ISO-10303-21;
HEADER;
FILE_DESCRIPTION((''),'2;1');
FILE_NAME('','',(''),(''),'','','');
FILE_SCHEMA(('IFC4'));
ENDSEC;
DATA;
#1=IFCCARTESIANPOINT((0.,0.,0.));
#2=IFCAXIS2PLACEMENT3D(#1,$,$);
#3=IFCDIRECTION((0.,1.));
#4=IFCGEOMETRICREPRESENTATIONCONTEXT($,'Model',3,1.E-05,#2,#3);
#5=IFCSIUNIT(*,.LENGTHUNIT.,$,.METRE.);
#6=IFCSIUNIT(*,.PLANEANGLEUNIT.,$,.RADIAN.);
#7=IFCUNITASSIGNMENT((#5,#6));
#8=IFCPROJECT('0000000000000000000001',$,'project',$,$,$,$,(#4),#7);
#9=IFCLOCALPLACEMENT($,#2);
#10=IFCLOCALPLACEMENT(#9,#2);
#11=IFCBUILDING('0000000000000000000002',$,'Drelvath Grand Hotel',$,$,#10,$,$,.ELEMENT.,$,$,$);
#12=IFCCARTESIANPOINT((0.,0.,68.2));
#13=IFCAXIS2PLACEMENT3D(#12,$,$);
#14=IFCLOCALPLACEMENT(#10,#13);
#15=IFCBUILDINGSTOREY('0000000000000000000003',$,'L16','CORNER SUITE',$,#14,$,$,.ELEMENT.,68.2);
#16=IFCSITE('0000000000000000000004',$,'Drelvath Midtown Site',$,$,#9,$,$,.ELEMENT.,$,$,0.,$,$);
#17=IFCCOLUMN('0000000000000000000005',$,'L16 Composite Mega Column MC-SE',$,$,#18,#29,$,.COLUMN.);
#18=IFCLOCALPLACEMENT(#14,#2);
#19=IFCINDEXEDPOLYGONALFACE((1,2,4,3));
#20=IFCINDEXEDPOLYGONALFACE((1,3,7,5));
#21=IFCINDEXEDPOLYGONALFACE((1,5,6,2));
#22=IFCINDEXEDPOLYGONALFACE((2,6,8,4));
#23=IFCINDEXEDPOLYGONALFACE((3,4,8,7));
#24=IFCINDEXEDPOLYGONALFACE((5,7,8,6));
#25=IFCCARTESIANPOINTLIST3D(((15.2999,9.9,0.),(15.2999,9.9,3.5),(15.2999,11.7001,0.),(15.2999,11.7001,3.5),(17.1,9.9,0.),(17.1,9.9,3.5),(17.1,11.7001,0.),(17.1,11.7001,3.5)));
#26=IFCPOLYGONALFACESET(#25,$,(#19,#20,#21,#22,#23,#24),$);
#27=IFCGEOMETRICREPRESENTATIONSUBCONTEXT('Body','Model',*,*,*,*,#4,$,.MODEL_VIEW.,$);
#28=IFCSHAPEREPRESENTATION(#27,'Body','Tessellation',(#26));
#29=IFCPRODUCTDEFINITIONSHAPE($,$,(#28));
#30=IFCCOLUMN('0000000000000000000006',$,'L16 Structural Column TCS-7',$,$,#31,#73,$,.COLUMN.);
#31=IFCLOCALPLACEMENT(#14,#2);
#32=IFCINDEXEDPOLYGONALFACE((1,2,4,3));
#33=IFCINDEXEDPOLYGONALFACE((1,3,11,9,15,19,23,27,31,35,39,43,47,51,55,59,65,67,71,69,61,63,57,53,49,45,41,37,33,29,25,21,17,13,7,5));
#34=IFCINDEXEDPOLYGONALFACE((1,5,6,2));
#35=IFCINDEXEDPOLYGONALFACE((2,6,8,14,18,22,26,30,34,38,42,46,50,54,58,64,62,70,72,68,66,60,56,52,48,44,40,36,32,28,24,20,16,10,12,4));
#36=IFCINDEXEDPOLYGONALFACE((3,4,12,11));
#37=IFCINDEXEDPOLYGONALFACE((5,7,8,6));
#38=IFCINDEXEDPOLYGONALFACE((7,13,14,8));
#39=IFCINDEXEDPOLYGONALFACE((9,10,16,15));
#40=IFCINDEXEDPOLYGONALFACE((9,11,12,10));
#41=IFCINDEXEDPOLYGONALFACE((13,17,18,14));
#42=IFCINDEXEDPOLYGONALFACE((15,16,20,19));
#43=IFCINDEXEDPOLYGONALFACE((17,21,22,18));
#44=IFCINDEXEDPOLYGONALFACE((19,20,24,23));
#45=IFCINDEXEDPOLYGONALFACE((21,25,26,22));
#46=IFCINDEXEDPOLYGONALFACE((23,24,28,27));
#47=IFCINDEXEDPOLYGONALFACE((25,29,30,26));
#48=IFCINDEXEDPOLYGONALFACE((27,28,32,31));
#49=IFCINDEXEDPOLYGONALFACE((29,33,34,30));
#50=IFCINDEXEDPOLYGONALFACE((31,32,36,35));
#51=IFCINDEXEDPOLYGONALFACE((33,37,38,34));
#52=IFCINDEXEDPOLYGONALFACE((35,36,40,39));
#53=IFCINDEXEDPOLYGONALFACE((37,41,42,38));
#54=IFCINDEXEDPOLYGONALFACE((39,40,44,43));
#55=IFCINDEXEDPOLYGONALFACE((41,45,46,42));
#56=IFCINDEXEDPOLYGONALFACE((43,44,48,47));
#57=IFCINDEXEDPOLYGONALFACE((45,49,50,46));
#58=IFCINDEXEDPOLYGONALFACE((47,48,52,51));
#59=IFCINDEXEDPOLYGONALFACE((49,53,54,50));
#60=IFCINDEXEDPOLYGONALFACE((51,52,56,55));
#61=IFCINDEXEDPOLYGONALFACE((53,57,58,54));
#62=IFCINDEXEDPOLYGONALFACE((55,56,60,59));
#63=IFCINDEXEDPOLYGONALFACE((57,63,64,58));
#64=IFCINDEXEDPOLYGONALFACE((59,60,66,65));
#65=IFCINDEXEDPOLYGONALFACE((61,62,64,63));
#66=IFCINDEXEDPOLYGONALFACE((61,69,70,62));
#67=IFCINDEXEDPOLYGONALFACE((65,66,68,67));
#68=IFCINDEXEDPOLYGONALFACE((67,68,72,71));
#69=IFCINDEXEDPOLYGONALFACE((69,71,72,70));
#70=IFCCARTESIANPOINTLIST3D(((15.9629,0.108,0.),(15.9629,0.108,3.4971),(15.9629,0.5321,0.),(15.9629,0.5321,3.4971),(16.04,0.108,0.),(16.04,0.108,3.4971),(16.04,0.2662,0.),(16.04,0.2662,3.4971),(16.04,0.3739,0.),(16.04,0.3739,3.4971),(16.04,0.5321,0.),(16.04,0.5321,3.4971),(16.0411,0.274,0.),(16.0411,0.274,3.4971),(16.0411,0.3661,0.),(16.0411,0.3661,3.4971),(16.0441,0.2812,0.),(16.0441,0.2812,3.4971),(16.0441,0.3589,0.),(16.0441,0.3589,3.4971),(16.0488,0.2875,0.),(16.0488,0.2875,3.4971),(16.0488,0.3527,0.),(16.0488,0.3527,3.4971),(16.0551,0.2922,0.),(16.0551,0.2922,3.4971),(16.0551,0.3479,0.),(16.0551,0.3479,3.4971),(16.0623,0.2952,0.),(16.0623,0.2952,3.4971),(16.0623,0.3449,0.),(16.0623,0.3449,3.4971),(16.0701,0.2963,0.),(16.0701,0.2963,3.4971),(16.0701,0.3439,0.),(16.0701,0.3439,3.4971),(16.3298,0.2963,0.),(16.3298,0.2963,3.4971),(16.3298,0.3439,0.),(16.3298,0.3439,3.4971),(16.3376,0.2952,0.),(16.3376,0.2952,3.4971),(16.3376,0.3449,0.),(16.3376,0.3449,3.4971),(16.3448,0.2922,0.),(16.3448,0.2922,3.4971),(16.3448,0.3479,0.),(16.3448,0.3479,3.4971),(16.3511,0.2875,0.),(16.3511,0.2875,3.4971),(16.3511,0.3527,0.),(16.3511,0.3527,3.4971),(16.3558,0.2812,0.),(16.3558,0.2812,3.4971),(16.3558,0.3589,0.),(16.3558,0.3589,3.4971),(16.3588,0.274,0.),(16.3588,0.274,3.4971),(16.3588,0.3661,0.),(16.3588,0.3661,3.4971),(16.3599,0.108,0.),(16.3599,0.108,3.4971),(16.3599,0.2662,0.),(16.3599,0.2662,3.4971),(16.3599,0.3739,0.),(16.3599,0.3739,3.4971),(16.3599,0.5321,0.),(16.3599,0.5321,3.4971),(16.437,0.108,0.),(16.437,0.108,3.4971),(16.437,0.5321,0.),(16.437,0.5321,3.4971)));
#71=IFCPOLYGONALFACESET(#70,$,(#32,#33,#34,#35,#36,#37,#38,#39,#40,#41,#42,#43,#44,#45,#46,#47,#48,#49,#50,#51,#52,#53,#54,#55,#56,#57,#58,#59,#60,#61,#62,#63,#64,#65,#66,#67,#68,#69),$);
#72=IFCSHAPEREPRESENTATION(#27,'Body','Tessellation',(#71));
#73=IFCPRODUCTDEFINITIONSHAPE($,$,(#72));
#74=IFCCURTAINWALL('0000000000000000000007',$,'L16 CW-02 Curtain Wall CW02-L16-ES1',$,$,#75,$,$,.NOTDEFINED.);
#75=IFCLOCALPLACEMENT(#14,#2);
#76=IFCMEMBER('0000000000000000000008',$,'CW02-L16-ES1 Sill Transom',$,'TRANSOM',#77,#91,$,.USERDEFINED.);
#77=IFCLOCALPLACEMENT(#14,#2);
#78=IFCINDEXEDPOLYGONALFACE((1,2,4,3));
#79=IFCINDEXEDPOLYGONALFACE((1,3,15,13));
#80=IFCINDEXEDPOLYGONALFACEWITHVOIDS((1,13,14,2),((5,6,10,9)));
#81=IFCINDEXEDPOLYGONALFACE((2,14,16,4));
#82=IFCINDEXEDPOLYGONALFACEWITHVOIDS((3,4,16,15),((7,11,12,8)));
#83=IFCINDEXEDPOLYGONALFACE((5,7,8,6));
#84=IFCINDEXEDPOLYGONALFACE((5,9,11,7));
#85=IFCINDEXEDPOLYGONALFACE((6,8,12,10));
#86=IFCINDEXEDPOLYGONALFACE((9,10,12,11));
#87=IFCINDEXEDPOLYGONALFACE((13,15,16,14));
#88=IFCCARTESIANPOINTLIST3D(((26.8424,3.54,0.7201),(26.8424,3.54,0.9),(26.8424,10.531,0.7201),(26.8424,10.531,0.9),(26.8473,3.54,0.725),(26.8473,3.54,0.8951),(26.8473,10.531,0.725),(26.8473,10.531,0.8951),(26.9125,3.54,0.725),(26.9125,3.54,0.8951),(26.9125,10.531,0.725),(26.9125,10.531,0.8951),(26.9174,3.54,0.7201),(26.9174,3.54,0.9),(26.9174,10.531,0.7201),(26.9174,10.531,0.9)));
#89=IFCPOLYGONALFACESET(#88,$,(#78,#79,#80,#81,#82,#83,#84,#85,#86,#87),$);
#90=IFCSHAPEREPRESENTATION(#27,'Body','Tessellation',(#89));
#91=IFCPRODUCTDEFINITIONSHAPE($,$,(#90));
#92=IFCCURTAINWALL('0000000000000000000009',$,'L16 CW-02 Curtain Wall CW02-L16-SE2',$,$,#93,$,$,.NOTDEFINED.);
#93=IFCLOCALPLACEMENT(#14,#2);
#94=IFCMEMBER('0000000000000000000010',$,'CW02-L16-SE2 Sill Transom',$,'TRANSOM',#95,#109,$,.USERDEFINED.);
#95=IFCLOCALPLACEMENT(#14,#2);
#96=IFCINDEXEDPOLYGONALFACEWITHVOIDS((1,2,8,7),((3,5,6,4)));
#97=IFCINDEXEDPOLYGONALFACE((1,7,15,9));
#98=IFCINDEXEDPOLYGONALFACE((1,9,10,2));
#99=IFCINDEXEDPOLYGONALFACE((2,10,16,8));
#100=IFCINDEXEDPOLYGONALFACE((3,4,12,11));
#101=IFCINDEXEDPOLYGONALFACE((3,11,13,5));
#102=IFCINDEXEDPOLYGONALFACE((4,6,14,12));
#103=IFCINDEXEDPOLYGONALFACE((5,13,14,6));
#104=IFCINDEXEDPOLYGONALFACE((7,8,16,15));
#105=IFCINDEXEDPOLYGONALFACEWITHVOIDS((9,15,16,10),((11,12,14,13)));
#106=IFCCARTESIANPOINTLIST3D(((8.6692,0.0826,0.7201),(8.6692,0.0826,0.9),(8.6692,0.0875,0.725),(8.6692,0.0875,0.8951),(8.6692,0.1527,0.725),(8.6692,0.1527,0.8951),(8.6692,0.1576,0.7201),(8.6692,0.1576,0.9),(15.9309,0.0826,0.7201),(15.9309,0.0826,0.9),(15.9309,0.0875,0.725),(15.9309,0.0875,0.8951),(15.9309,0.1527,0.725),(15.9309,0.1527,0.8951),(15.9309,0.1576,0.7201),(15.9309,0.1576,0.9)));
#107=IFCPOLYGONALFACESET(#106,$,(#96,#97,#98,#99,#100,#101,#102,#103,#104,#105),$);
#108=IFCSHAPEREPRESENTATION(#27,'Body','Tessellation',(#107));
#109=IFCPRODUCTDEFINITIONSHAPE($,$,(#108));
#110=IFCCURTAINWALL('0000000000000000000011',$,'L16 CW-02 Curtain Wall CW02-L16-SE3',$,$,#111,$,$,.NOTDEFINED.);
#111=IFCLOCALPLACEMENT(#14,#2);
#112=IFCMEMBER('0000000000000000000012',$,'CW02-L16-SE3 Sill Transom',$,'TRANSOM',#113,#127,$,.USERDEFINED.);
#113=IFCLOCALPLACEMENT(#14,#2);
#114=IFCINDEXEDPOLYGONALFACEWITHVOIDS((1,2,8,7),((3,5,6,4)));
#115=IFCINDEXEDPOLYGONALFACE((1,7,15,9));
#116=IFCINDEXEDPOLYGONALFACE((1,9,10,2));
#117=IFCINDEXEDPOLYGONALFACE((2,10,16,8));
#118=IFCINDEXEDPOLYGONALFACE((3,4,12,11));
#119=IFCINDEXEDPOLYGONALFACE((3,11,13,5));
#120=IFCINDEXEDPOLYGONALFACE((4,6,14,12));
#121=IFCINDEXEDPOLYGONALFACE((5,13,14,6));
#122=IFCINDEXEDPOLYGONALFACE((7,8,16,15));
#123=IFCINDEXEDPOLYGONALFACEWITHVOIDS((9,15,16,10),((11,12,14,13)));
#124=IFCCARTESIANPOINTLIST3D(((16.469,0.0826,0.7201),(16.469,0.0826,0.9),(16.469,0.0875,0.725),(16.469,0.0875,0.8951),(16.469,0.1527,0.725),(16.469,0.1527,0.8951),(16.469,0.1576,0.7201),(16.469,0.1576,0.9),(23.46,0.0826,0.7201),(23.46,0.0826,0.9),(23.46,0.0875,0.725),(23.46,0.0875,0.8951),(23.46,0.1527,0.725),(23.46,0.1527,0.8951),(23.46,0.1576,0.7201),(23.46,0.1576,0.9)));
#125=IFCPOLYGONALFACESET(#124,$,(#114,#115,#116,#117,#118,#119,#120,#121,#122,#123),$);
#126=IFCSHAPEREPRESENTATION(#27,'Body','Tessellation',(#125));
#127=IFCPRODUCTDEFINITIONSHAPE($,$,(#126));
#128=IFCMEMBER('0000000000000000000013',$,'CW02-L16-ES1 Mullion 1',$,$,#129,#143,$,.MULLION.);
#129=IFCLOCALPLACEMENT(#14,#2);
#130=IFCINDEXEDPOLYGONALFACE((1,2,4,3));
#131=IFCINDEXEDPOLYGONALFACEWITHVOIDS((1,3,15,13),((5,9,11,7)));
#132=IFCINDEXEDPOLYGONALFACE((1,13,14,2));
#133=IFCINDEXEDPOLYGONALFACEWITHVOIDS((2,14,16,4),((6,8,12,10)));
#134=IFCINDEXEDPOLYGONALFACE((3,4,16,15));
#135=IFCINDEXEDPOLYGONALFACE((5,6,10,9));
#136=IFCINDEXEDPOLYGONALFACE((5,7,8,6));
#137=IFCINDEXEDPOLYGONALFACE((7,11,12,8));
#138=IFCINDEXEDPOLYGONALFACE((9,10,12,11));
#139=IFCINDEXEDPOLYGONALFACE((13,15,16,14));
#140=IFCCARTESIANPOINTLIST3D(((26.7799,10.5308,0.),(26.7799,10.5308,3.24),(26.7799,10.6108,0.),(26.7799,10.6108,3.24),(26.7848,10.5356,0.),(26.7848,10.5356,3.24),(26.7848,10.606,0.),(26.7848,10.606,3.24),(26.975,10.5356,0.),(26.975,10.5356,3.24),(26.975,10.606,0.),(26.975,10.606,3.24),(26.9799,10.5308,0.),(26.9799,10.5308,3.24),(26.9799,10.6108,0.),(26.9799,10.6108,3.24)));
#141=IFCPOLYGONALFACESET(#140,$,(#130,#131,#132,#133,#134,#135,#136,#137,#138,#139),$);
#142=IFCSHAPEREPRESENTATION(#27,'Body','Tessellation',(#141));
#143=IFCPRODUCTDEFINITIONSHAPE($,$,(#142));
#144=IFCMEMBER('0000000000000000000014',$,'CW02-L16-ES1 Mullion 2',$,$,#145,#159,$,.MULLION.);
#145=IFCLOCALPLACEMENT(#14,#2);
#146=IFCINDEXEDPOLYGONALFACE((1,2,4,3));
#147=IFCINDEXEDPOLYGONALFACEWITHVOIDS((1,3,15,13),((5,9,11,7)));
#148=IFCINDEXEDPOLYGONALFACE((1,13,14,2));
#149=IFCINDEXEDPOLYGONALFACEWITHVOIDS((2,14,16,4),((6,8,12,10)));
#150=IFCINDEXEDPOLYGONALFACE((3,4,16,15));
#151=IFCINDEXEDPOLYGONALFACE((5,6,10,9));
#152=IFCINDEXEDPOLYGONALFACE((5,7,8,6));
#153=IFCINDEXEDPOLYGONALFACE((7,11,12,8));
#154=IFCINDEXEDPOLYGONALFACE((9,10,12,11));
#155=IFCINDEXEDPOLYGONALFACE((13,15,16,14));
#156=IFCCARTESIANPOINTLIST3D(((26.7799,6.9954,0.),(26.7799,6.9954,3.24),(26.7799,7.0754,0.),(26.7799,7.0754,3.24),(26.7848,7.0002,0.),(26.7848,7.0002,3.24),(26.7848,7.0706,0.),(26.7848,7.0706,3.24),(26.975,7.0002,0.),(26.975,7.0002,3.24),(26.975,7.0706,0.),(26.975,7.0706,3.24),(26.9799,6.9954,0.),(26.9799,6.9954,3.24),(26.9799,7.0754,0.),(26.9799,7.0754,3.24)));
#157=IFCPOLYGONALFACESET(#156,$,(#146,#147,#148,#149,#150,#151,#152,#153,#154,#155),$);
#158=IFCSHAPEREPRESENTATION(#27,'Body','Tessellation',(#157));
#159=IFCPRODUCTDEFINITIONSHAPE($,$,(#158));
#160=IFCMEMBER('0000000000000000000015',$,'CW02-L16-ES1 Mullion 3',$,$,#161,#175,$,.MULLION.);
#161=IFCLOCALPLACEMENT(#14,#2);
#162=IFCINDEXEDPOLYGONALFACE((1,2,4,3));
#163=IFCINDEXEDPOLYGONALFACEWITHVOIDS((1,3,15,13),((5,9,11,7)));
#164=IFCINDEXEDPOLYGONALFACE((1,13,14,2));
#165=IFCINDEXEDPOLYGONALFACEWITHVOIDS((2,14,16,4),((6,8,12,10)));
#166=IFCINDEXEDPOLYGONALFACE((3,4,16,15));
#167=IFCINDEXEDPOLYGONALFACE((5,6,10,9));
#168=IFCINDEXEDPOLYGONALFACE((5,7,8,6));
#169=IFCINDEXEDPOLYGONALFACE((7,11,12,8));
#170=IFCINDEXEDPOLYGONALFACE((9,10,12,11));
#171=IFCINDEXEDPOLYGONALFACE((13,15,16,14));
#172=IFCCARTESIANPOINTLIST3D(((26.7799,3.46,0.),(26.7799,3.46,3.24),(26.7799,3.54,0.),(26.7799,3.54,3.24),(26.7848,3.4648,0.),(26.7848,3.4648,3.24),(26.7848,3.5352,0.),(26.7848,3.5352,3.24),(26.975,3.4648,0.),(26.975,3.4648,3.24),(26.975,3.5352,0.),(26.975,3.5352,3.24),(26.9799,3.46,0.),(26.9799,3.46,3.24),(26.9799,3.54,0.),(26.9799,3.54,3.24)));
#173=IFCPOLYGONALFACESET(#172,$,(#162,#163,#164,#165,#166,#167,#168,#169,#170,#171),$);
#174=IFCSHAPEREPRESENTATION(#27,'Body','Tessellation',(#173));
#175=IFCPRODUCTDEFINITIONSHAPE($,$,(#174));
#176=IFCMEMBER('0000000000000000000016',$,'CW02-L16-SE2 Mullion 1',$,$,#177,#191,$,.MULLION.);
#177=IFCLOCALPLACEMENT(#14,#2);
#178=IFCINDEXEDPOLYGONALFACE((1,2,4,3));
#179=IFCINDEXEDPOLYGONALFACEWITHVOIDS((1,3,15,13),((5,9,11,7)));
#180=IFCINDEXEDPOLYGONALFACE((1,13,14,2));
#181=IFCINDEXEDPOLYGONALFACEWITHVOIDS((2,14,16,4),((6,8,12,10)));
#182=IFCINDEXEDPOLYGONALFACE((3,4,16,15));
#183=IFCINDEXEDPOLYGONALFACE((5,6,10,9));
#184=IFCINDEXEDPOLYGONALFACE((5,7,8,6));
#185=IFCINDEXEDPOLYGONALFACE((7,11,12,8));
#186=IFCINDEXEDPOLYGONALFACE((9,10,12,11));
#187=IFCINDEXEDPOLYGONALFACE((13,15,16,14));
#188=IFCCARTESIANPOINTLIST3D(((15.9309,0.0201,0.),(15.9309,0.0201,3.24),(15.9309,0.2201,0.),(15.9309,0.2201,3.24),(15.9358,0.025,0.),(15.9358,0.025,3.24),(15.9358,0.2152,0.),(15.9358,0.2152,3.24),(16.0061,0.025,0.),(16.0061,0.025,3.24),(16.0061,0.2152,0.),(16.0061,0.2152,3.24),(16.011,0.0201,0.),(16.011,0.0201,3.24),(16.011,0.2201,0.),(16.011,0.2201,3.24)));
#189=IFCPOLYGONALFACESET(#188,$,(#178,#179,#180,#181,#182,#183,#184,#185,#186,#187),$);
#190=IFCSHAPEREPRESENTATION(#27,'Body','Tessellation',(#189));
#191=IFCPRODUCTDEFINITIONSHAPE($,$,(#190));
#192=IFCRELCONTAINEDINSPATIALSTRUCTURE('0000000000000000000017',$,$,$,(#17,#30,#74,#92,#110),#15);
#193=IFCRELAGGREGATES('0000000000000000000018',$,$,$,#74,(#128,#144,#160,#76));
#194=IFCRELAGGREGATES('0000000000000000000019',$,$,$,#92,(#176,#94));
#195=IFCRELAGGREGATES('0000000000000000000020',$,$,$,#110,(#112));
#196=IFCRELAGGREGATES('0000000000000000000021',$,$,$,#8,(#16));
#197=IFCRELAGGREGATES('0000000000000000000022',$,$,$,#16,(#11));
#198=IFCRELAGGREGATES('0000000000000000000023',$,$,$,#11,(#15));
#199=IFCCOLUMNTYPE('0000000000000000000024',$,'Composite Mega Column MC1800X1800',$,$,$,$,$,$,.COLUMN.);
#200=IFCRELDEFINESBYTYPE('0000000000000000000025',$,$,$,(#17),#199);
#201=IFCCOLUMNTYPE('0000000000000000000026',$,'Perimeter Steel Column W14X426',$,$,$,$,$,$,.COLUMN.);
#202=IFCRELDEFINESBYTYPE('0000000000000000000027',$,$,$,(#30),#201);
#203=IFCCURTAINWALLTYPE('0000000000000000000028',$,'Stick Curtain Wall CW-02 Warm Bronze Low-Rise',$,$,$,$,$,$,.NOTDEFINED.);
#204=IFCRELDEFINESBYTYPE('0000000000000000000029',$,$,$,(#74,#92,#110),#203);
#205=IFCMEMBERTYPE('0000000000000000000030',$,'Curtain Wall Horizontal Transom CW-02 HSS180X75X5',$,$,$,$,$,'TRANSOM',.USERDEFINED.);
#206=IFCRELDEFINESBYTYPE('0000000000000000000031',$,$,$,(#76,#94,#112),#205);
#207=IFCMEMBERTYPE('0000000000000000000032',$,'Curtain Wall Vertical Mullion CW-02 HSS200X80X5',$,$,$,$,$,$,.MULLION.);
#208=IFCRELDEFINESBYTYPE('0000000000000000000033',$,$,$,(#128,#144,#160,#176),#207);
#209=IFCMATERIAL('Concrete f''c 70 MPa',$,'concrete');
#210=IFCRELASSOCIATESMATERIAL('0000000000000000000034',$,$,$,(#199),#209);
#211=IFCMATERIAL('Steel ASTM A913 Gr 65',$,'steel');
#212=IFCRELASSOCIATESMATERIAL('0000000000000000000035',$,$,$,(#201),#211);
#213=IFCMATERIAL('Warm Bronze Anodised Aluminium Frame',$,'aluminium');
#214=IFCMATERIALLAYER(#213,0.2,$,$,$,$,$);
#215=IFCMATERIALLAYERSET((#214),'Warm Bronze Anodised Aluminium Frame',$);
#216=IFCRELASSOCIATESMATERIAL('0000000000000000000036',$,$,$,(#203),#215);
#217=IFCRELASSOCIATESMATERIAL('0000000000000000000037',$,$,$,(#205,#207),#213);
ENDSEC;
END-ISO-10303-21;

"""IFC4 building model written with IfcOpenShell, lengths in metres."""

from ifc_helpers import new_model, si_unit, direction, frame, origin, origin_2d, place, context, subcontext, project, spatial, rectangle, hollow_rectangle, i_section, extrude, material, layer, layer_set, material_profile, profile_set, type_object, element, aggregate, save


model = new_model("IFC4")

# Units and contexts
model_context = context("Model", 3, precision=1e-05, world=origin(), true_north=direction((0.0, 1.0)))
body_context = subcontext(model_context, "Body", "Model", "MODEL_VIEW")
ifc_project = project(units=[si_unit("LENGTHUNIT", "METRE"), si_unit("PLANEANGLEUNIT", "RADIAN")], contexts=[model_context])

# Site, building, storey
site_placement = place(None, origin())
site = spatial("IfcSite", under=ifc_project, at=site_placement, Name="Drelvath Midtown Site", CompositionType="ELEMENT", RefElevation=0.0)
building_placement = place(site_placement, origin())
building = spatial("IfcBuilding", under=site, at=building_placement, Name="Drelvath Grand Hotel", CompositionType="ELEMENT")
storey_placement = place(building_placement, frame((0.0, 0.0, 68.2)))
storey = spatial("IfcBuildingStorey", under=building, at=storey_placement, Name="L16", Description="CORNER SUITE", CompositionType="ELEMENT", Elevation=68.2)

# Columns
ifc_material_1 = material(Name="Concrete f'c 70 MPa", Category="concrete")
ifc_material_profile_1 = material_profile(ifc_material_1, rectangle(XDim=1.8, YDim=1.8, at=origin_2d()), Name="MC1800X1800")
ifc_profile_set_1 = profile_set([ifc_material_profile_1], Name="Concrete f'c 70 MPa")
column_type_1 = type_object("IfcColumnType", Name="Composite Mega Column MC1800X1800", PredefinedType="COLUMN", material=ifc_profile_set_1)
column_1_placement = place(storey_placement, frame((16.2, 10.8, 0.0), z_axis=(0.0, 0.0, 1.0), x_axis=(1.0, 0.0, 0.0)))
element("IfcColumn", 1, at=column_1_placement, inside=storey, type_object=column_type_1, Name="L16 Composite Mega Column MC-SE", PredefinedType="COLUMN", context=body_context, shape_type="SweptSolid", body=[
    extrude(rectangle(XDim=1.8, YDim=1.8, at=origin_2d()), origin(), (0.0, 0.0, 1.0), 3.5),
])
ifc_material_2 = material(Name="Steel ASTM A913 Gr 65", Category="steel")
ifc_material_profile_2 = material_profile(ifc_material_2, i_section(OverallWidth=0.4241, OverallDepth=0.4741, WebThickness=0.0476, FlangeThickness=0.0771, FilletRadius=0.03, at=origin_2d()), Name="W14X426")
ifc_profile_set_2 = profile_set([ifc_material_profile_2], Name="Steel ASTM A913 Gr 65")
column_type_2 = type_object("IfcColumnType", Name="Perimeter Steel Column W14X426", PredefinedType="COLUMN", material=ifc_profile_set_2)
column_2_placement = place(storey_placement, frame((16.2, 0.3201, 0.0), z_axis=(0.0, 0.0, 1.0), x_axis=(0.0, 1.0, 0.0)))
element("IfcColumn", 2, at=column_2_placement, inside=storey, type_object=column_type_2, Name="L16 Structural Column TCS-7", PredefinedType="COLUMN", context=body_context, shape_type="SweptSolid", body=[
    extrude(i_section(OverallWidth=0.4241, OverallDepth=0.4741, WebThickness=0.0476, FlangeThickness=0.0771, FilletRadius=0.03, at=origin_2d()), origin(), (0.0, 0.0, 1.0), 3.4971),
])

# Curtain walls, members
ifc_material_3 = material(Name="Warm Bronze Anodised Aluminium Frame", Category="aluminium")
ifc_layer_1 = layer(ifc_material_3, 0.2)
ifc_layer_set_1 = layer_set([ifc_layer_1], Name="Warm Bronze Anodised Aluminium Frame")
curtain_wall_type = type_object("IfcCurtainWallType", Name="Stick Curtain Wall CW-02 Warm Bronze Low-Rise", PredefinedType="NOTDEFINED", material=ifc_layer_set_1)
curtain_wall_1_placement = place(storey_placement, origin())
curtain_wall_1 = element("IfcCurtainWall", 3, at=curtain_wall_1_placement, inside=storey, type_object=curtain_wall_type, Name="L16 CW-02 Curtain Wall CW02-L16-ES1", PredefinedType="NOTDEFINED")
ifc_material_profile_3 = material_profile(ifc_material_3, hollow_rectangle(XDim=0.075, YDim=0.1799, WallThickness=0.0049, at=origin_2d()), Name="HSS180X75X5")
ifc_profile_set_3 = profile_set([ifc_material_profile_3], Name="Warm Bronze Anodised Aluminium Frame")
member_type_1 = type_object("IfcMemberType", Name="Curtain Wall Horizontal Transom CW-02 HSS180X75X5", ElementType="TRANSOM", PredefinedType="USERDEFINED", material=ifc_profile_set_3)
member_1_placement = place(storey_placement, frame((26.8799, 10.531, 0.8101), z_axis=(0.0, -1.0, 0.0), x_axis=(1.0, 0.0, 0.0)))
member_1 = element("IfcMember", 4, at=member_1_placement, type_object=member_type_1, Name="CW02-L16-ES1 Sill Transom", ObjectType="TRANSOM", PredefinedType="USERDEFINED", context=body_context, shape_type="SweptSolid", body=[
    extrude(hollow_rectangle(XDim=0.075, YDim=0.1799, WallThickness=0.0049, at=origin_2d()), origin(), (0.0, 0.0, 1.0), 6.991),
])
curtain_wall_2_placement = place(storey_placement, origin())
curtain_wall_2 = element("IfcCurtainWall", 5, at=curtain_wall_2_placement, inside=storey, type_object=curtain_wall_type, Name="L16 CW-02 Curtain Wall CW02-L16-SE2", PredefinedType="NOTDEFINED")
member_2_placement = place(storey_placement, frame((15.9309, 0.1201, 0.8101), z_axis=(-1.0, 0.0, 0.0), x_axis=(0.0, -1.0, 0.0)))
member_2 = element("IfcMember", 6, at=member_2_placement, type_object=member_type_1, Name="CW02-L16-SE2 Sill Transom", ObjectType="TRANSOM", PredefinedType="USERDEFINED", context=body_context, shape_type="SweptSolid", body=[
    extrude(hollow_rectangle(XDim=0.075, YDim=0.1799, WallThickness=0.0049, at=origin_2d()), origin(), (0.0, 0.0, 1.0), 7.2617),
])
curtain_wall_3_placement = place(storey_placement, origin())
curtain_wall_3 = element("IfcCurtainWall", 7, at=curtain_wall_3_placement, inside=storey, type_object=curtain_wall_type, Name="L16 CW-02 Curtain Wall CW02-L16-SE3", PredefinedType="NOTDEFINED")
member_3_placement = place(storey_placement, frame((23.46, 0.1201, 0.8101), z_axis=(-1.0, 0.0, 0.0), x_axis=(0.0, -1.0, 0.0)))
member_3 = element("IfcMember", 8, at=member_3_placement, type_object=member_type_1, Name="CW02-L16-SE3 Sill Transom", ObjectType="TRANSOM", PredefinedType="USERDEFINED", context=body_context, shape_type="SweptSolid", body=[
    extrude(hollow_rectangle(XDim=0.075, YDim=0.1799, WallThickness=0.0049, at=origin_2d()), origin(), (0.0, 0.0, 1.0), 6.991),
])

# Members
ifc_material_profile_4 = material_profile(ifc_material_3, hollow_rectangle(XDim=0.0801, YDim=0.2, WallThickness=0.0049, at=origin_2d()), Name="HSS200X80X5")
ifc_profile_set_4 = profile_set([ifc_material_profile_4], Name="Warm Bronze Anodised Aluminium Frame")
member_type_2 = type_object("IfcMemberType", Name="Curtain Wall Vertical Mullion CW-02 HSS200X80X5", PredefinedType="MULLION", material=ifc_profile_set_4)
member_4_placement = place(storey_placement, frame((26.8799, 10.5708, 0.0), z_axis=(0.0, 0.0, 1.0), x_axis=(0.0, 1.0, 0.0)))
member_4 = element("IfcMember", 9, at=member_4_placement, type_object=member_type_2, Name="CW02-L16-ES1 Mullion 1", PredefinedType="MULLION", context=body_context, shape_type="SweptSolid", body=[
    extrude(hollow_rectangle(XDim=0.0801, YDim=0.2, WallThickness=0.0049, at=origin_2d()), origin(), (0.0, 0.0, 1.0), 3.24),
])
member_5_placement = place(storey_placement, frame((26.8799, 7.0354, 0.0), z_axis=(0.0, 0.0, 1.0), x_axis=(0.0, 1.0, 0.0)))
member_5 = element("IfcMember", 10, at=member_5_placement, type_object=member_type_2, Name="CW02-L16-ES1 Mullion 2", PredefinedType="MULLION", context=body_context, shape_type="SweptSolid", body=[
    extrude(hollow_rectangle(XDim=0.0801, YDim=0.2, WallThickness=0.0049, at=origin_2d()), origin(), (0.0, 0.0, 1.0), 3.24),
])
member_6_placement = place(storey_placement, frame((26.8799, 3.5, 0.0), z_axis=(0.0, 0.0, 1.0), x_axis=(0.0, 1.0, 0.0)))
member_6 = element("IfcMember", 11, at=member_6_placement, type_object=member_type_2, Name="CW02-L16-ES1 Mullion 3", PredefinedType="MULLION", context=body_context, shape_type="SweptSolid", body=[
    extrude(hollow_rectangle(XDim=0.0801, YDim=0.2, WallThickness=0.0049, at=origin_2d()), origin(), (0.0, 0.0, 1.0), 3.24),
])
member_7_placement = place(storey_placement, frame((15.9709, 0.1201, 0.0), z_axis=(0.0, 0.0, 1.0), x_axis=(1.0, 0.0, 0.0)))
member_7 = element("IfcMember", 12, at=member_7_placement, type_object=member_type_2, Name="CW02-L16-SE2 Mullion 1", PredefinedType="MULLION", context=body_context, shape_type="SweptSolid", body=[
    extrude(hollow_rectangle(XDim=0.0801, YDim=0.2, WallThickness=0.0049, at=origin_2d()), origin(), (0.0, 0.0, 1.0), 3.24),
])

aggregate(curtain_wall_1, [member_4, member_5, member_6, member_1])
aggregate(curtain_wall_2, [member_7, member_2])
aggregate(curtain_wall_3, [member_3])

save(model, "model.ifc")
